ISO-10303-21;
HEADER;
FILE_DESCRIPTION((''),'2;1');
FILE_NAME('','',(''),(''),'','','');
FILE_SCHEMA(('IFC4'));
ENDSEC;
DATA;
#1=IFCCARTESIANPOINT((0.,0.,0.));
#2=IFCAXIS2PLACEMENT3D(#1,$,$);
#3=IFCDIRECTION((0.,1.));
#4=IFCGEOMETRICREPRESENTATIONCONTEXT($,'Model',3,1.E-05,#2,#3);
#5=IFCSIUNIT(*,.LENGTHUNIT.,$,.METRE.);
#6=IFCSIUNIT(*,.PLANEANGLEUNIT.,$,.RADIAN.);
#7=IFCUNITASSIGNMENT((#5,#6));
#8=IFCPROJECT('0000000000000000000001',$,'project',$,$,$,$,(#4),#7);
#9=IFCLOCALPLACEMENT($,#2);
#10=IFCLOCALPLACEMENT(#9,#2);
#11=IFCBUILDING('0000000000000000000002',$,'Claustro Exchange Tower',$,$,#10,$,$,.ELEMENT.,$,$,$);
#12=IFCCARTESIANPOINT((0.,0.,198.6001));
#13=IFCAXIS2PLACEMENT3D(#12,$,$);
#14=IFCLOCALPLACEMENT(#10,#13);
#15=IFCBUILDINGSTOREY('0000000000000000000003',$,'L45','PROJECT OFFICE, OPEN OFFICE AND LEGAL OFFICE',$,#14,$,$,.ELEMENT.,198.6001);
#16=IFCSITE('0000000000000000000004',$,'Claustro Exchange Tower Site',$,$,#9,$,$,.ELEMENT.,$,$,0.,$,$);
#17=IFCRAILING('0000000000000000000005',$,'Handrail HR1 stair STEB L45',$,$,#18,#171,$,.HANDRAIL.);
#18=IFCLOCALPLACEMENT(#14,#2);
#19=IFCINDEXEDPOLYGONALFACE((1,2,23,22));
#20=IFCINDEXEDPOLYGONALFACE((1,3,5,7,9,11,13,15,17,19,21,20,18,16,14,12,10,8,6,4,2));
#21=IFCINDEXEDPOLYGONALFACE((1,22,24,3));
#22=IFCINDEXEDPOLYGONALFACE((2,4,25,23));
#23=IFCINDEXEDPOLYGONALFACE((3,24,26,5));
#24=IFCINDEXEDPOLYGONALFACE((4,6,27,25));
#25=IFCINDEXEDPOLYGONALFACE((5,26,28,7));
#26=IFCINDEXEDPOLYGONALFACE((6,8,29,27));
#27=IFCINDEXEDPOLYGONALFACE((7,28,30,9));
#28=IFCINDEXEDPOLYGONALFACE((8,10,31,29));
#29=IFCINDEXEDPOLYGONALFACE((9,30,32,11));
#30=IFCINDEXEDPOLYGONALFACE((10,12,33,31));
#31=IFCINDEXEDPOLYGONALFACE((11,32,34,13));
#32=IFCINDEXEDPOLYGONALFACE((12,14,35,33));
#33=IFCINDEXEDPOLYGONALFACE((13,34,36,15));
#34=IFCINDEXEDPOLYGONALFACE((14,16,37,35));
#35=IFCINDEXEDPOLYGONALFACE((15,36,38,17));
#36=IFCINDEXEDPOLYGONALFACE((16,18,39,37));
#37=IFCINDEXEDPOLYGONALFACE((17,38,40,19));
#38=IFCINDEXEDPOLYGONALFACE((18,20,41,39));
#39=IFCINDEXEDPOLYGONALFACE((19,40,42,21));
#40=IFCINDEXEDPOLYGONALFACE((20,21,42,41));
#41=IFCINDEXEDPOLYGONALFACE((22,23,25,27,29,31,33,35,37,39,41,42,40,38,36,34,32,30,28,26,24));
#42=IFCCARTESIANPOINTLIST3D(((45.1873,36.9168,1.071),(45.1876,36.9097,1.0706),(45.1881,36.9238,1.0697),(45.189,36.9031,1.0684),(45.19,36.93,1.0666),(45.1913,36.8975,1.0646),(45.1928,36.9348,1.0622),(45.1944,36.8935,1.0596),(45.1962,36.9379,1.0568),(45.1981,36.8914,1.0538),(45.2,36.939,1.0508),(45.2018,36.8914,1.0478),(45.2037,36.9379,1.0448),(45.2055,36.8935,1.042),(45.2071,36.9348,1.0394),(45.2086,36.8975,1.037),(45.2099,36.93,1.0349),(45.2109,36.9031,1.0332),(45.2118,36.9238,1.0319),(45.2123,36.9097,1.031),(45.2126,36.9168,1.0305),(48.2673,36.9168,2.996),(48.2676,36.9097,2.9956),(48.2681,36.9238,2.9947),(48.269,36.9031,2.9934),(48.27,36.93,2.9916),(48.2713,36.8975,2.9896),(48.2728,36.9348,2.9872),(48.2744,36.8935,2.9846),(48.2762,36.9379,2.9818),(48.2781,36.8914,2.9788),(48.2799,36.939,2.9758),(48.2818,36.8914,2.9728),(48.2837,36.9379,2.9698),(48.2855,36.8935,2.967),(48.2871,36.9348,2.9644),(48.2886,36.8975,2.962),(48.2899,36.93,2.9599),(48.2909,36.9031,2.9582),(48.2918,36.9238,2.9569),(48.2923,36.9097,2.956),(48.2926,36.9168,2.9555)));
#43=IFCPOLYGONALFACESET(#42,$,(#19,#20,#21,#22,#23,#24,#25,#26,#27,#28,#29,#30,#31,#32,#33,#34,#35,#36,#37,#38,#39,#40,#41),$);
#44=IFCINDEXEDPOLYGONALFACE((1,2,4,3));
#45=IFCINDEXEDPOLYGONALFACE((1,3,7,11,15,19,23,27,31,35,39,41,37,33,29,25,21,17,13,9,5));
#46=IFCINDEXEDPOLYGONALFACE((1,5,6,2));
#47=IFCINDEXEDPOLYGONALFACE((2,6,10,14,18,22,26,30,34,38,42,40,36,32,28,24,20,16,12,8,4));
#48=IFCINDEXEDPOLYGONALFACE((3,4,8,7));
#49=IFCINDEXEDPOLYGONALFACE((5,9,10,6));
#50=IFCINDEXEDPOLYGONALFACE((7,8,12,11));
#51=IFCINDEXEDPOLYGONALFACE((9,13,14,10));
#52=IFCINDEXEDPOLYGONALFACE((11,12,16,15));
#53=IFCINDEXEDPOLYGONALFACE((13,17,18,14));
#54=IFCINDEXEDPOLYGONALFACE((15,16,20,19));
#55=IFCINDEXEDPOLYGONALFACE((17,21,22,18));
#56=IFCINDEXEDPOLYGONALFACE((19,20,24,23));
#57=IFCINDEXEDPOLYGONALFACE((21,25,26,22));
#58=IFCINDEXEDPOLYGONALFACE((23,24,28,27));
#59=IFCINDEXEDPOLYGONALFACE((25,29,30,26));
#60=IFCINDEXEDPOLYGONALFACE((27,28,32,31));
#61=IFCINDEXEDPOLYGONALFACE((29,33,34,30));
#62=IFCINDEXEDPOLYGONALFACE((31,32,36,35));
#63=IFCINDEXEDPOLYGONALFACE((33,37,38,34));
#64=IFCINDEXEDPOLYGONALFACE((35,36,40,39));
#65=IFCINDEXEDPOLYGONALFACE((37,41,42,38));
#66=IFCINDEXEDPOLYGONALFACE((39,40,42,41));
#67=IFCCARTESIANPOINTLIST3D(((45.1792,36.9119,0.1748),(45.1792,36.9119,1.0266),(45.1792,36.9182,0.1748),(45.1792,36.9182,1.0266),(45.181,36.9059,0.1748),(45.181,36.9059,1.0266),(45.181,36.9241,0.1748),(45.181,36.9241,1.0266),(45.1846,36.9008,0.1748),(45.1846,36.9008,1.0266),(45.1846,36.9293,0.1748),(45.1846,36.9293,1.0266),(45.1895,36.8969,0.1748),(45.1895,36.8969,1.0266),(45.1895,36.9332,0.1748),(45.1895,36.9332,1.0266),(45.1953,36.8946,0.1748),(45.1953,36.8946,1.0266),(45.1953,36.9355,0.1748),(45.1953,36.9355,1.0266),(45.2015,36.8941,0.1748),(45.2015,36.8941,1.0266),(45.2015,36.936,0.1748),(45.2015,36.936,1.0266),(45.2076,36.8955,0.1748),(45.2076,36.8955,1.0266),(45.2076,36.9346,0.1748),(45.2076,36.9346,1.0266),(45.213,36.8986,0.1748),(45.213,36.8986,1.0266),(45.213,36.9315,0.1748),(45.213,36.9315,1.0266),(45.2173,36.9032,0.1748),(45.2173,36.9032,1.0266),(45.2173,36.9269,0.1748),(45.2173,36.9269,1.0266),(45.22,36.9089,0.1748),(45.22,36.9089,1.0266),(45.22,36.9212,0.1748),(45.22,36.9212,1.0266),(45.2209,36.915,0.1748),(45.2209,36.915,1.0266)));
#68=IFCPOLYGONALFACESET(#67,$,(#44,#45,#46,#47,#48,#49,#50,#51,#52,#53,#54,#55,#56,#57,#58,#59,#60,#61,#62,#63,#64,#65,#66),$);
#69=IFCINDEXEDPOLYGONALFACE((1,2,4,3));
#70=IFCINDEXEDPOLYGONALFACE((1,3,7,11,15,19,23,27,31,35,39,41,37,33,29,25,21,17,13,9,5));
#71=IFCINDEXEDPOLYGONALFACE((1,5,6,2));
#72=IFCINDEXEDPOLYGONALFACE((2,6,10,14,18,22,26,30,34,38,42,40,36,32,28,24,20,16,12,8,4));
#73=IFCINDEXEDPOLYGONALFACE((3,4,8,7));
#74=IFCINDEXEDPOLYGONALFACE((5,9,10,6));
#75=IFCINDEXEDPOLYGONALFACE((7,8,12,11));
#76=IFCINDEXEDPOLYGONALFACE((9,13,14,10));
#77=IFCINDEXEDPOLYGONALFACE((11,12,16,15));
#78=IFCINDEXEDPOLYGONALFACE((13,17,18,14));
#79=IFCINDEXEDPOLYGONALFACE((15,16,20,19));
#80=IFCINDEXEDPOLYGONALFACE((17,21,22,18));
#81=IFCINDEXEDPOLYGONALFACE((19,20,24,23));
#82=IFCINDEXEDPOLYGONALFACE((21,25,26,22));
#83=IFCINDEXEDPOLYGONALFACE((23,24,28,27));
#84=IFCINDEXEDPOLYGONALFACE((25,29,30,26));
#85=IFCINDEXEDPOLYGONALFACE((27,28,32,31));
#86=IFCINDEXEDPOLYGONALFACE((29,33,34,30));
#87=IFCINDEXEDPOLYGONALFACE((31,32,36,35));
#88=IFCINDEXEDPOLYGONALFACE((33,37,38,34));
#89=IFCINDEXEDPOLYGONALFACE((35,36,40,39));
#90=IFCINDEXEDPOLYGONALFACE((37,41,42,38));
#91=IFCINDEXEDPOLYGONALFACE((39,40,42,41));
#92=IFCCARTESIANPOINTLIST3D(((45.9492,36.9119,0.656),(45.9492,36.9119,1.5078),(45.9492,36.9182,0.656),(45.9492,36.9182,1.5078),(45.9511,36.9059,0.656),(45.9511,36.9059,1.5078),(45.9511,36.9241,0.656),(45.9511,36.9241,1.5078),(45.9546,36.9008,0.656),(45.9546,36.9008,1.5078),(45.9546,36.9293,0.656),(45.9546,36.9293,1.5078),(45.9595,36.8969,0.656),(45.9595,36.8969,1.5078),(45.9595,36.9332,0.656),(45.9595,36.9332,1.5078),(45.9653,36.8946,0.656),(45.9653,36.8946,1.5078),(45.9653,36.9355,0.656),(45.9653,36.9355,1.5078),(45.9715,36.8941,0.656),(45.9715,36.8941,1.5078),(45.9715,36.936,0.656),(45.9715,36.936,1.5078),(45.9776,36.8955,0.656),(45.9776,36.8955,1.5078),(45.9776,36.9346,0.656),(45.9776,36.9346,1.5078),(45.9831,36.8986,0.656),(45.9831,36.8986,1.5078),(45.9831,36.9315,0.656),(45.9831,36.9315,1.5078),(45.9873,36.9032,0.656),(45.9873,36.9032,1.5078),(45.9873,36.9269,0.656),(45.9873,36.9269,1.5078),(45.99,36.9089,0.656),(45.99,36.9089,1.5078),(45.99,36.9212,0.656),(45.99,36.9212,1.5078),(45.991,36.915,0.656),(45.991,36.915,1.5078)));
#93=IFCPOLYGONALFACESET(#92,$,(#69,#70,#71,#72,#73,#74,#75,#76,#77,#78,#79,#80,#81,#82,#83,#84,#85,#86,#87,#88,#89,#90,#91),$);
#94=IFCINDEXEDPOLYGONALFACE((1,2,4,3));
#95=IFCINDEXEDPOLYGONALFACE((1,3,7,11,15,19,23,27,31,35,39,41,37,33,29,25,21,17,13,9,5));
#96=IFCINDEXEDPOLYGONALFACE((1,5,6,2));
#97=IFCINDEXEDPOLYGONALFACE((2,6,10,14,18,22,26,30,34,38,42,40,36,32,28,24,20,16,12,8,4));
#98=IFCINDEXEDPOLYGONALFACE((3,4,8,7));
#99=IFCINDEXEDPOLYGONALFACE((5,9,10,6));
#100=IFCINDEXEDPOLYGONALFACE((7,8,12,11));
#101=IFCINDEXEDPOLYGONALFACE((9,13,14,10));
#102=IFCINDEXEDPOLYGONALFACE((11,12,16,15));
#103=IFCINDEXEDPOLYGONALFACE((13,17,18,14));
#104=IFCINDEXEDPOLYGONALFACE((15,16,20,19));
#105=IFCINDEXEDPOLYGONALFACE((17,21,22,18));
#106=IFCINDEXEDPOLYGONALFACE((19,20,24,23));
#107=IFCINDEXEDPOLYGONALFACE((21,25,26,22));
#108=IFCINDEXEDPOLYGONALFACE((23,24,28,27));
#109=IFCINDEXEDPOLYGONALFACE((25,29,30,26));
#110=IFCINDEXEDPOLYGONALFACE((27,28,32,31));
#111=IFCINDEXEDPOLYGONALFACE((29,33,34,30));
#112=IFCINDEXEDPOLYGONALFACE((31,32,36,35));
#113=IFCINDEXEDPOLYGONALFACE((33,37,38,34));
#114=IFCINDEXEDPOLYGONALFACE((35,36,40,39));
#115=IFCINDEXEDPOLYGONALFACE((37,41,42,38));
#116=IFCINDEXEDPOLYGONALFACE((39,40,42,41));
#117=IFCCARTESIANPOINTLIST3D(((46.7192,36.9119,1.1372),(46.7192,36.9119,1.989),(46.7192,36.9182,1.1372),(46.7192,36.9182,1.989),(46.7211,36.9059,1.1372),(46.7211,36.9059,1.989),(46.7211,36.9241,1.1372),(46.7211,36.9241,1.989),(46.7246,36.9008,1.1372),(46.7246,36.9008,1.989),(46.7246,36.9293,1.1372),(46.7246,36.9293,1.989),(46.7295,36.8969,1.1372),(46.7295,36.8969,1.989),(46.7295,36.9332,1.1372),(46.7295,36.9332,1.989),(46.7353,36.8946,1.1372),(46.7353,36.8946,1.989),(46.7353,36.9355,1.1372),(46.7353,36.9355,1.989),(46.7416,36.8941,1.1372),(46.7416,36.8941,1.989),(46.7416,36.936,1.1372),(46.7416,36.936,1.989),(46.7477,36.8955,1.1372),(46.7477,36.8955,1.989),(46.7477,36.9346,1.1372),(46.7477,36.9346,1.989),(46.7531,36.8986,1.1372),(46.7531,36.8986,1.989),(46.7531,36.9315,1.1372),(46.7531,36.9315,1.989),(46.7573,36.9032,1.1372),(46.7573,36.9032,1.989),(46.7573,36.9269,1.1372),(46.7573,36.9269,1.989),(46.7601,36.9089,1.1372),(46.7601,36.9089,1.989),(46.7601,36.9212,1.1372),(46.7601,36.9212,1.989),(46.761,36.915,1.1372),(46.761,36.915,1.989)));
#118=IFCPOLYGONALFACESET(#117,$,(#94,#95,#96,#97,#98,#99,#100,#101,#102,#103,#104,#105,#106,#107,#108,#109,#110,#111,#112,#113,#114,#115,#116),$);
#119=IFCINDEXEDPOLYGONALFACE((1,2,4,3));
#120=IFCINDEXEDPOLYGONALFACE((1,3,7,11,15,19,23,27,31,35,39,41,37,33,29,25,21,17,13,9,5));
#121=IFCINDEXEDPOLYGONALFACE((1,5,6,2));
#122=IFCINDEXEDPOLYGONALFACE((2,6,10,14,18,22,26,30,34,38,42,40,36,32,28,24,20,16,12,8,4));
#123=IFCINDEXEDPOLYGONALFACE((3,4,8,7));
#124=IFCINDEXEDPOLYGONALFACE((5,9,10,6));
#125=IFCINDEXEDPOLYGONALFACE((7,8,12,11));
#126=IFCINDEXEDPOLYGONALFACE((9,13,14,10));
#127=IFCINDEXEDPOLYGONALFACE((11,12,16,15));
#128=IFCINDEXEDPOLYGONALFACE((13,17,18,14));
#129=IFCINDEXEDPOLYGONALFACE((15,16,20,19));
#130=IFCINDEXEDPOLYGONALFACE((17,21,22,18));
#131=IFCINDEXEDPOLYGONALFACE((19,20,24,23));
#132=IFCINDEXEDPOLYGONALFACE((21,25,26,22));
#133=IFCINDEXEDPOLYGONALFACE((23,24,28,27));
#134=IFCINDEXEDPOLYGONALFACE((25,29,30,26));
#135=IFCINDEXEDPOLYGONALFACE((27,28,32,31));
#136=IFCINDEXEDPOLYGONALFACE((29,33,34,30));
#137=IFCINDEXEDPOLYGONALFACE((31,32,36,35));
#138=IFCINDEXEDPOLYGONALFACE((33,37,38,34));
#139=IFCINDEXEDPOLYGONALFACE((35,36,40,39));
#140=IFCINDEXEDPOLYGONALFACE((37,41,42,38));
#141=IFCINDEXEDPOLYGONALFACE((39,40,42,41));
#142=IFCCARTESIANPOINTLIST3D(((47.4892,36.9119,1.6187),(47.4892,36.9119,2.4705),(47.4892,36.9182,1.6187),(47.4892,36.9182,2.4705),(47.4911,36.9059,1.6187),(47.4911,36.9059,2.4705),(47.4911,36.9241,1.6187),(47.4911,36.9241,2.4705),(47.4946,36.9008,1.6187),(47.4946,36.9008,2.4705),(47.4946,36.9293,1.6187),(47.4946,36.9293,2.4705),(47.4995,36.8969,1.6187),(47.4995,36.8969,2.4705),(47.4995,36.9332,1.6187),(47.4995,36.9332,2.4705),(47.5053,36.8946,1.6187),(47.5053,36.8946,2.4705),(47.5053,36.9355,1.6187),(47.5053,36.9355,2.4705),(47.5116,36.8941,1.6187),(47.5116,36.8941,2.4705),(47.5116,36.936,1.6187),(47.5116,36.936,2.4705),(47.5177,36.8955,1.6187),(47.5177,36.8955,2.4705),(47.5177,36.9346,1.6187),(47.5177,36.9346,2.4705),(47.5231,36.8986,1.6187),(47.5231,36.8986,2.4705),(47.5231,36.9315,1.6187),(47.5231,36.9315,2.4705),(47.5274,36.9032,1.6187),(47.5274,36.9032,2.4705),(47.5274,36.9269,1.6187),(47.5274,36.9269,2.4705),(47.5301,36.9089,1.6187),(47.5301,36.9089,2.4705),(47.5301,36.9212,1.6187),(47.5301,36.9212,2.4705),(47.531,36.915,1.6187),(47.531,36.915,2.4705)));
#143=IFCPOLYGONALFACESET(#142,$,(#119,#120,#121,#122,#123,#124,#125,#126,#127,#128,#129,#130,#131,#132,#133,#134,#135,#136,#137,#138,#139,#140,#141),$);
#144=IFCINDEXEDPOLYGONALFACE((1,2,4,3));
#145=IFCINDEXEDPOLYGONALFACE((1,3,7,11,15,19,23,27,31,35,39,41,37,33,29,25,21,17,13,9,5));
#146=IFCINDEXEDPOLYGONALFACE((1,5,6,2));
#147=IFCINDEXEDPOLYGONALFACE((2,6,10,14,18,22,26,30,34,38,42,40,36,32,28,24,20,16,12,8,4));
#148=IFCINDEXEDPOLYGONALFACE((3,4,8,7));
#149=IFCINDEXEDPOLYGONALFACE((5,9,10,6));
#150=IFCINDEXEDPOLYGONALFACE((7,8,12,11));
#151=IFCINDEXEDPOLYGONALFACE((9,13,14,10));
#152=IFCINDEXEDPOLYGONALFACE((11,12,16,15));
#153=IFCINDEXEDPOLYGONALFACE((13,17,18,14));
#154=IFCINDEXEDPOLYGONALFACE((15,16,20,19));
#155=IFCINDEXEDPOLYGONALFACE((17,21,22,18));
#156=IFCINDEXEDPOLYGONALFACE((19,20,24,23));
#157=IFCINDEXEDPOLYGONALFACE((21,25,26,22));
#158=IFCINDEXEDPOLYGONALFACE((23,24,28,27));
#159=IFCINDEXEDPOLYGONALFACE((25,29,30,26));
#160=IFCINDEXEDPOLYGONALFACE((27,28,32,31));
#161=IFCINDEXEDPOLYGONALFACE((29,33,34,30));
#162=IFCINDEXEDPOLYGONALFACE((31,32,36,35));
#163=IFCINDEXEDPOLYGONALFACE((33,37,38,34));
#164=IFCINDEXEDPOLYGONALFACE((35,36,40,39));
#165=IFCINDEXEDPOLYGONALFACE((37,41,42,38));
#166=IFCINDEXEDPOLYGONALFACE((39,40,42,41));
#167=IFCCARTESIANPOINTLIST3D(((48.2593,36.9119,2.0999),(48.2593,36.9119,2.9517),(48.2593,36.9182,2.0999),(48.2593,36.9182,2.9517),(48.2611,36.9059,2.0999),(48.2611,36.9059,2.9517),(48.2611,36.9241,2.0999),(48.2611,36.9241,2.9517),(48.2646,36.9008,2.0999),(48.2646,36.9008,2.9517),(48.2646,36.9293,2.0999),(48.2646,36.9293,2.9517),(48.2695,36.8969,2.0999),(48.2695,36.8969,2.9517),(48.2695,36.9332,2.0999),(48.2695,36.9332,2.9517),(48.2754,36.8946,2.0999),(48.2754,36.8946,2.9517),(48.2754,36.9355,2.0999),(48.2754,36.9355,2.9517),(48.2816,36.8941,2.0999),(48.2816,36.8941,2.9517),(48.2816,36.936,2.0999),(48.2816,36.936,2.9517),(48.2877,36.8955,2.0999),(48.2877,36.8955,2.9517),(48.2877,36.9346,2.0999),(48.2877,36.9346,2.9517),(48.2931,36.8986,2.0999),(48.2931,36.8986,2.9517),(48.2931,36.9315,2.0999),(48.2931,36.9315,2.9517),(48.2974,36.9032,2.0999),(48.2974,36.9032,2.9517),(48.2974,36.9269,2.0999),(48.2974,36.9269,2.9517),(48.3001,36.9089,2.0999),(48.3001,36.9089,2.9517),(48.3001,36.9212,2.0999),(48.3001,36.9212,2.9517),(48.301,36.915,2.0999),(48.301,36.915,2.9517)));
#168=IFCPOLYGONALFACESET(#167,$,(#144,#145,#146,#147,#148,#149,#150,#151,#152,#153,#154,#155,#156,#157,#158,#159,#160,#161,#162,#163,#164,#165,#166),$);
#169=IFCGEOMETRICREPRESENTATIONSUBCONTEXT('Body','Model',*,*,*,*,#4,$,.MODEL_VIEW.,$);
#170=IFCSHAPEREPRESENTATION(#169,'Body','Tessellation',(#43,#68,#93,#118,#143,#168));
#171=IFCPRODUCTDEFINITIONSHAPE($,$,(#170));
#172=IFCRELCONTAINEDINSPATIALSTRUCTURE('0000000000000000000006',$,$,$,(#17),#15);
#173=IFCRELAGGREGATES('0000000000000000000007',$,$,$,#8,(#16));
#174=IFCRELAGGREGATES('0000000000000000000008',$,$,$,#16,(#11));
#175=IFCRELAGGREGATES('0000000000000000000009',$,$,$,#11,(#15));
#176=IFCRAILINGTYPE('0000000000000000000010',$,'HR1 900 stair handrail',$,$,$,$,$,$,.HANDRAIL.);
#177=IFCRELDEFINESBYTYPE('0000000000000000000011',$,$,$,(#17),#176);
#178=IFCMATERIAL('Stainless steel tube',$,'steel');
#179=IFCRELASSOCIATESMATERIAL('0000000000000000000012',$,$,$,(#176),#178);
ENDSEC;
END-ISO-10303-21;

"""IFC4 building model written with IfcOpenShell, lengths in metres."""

from ifc_helpers import new_model, si_unit, direction, frame, origin, origin_2d, place, context, subcontext, project, spatial, circle, extrude, material, type_object, element, save


model = new_model("IFC4")

# Units and contexts
model_context = context("Model", 3, precision=1e-05, world=origin(), true_north=direction((0.0, 1.0)))
body_context = subcontext(model_context, "Body", "Model", "MODEL_VIEW")
ifc_project = project(units=[si_unit("LENGTHUNIT", "METRE"), si_unit("PLANEANGLEUNIT", "RADIAN")], contexts=[model_context])

# Site, building, storey
site_placement = place(None, origin())
site = spatial("IfcSite", under=ifc_project, at=site_placement, Name="Claustro Exchange Tower Site", CompositionType="ELEMENT", RefElevation=0.0)
building_placement = place(site_placement, origin())
building = spatial("IfcBuilding", under=site, at=building_placement, Name="Claustro Exchange Tower", CompositionType="ELEMENT")
storey_placement = place(building_placement, frame((0.0, 0.0, 198.6001)))
storey = spatial("IfcBuildingStorey", under=building, at=storey_placement, Name="L45", Description="PROJECT OFFICE, OPEN OFFICE AND LEGAL OFFICE", CompositionType="ELEMENT", Elevation=198.6001)

# Railing
ifc_material_1 = material(Name="Stainless steel tube", Category="steel")
railing_type_1 = type_object("IfcRailingType", Name="HR1 900 stair handrail", PredefinedType="HANDRAIL", material=ifc_material_1)
railing_1_placement = place(storey_placement, frame((45.2, 36.915, 0.1748)))
element("IfcRailing", 1, at=railing_1_placement, inside=storey, type_object=railing_type_1, Name="Handrail HR1 stair STEB L45", PredefinedType="HANDRAIL", context=body_context, shape_type="SweptSolid", body=[
    extrude(circle(Radius=0.0239, at=origin_2d()), frame((0.0, 0.0, 0.876), z_axis=(0.847998, 0.0, 0.529999), x_axis=(0.0, 1.0, 0.0)), (0.0, 0.0, 1.0), 3.6321),
    extrude(circle(Radius=0.021, at=origin_2d()), origin(), (0.0, 0.0, 1.0), 0.8518),
    extrude(circle(Radius=0.021, at=origin_2d()), frame((0.77, 0.0, 0.4812)), (0.0, 0.0, 1.0), 0.8518),
    extrude(circle(Radius=0.021, at=origin_2d()), frame((1.54, 0.0, 0.9624)), (0.0, 0.0, 1.0), 0.8518),
    extrude(circle(Radius=0.021, at=origin_2d()), frame((2.3101, 0.0, 1.4438)), (0.0, 0.0, 1.0), 0.8518),
    extrude(circle(Radius=0.021, at=origin_2d()), frame((3.0801, 0.0, 1.925)), (0.0, 0.0, 1.0), 0.8518),
])

save(model, "model.ifc")
